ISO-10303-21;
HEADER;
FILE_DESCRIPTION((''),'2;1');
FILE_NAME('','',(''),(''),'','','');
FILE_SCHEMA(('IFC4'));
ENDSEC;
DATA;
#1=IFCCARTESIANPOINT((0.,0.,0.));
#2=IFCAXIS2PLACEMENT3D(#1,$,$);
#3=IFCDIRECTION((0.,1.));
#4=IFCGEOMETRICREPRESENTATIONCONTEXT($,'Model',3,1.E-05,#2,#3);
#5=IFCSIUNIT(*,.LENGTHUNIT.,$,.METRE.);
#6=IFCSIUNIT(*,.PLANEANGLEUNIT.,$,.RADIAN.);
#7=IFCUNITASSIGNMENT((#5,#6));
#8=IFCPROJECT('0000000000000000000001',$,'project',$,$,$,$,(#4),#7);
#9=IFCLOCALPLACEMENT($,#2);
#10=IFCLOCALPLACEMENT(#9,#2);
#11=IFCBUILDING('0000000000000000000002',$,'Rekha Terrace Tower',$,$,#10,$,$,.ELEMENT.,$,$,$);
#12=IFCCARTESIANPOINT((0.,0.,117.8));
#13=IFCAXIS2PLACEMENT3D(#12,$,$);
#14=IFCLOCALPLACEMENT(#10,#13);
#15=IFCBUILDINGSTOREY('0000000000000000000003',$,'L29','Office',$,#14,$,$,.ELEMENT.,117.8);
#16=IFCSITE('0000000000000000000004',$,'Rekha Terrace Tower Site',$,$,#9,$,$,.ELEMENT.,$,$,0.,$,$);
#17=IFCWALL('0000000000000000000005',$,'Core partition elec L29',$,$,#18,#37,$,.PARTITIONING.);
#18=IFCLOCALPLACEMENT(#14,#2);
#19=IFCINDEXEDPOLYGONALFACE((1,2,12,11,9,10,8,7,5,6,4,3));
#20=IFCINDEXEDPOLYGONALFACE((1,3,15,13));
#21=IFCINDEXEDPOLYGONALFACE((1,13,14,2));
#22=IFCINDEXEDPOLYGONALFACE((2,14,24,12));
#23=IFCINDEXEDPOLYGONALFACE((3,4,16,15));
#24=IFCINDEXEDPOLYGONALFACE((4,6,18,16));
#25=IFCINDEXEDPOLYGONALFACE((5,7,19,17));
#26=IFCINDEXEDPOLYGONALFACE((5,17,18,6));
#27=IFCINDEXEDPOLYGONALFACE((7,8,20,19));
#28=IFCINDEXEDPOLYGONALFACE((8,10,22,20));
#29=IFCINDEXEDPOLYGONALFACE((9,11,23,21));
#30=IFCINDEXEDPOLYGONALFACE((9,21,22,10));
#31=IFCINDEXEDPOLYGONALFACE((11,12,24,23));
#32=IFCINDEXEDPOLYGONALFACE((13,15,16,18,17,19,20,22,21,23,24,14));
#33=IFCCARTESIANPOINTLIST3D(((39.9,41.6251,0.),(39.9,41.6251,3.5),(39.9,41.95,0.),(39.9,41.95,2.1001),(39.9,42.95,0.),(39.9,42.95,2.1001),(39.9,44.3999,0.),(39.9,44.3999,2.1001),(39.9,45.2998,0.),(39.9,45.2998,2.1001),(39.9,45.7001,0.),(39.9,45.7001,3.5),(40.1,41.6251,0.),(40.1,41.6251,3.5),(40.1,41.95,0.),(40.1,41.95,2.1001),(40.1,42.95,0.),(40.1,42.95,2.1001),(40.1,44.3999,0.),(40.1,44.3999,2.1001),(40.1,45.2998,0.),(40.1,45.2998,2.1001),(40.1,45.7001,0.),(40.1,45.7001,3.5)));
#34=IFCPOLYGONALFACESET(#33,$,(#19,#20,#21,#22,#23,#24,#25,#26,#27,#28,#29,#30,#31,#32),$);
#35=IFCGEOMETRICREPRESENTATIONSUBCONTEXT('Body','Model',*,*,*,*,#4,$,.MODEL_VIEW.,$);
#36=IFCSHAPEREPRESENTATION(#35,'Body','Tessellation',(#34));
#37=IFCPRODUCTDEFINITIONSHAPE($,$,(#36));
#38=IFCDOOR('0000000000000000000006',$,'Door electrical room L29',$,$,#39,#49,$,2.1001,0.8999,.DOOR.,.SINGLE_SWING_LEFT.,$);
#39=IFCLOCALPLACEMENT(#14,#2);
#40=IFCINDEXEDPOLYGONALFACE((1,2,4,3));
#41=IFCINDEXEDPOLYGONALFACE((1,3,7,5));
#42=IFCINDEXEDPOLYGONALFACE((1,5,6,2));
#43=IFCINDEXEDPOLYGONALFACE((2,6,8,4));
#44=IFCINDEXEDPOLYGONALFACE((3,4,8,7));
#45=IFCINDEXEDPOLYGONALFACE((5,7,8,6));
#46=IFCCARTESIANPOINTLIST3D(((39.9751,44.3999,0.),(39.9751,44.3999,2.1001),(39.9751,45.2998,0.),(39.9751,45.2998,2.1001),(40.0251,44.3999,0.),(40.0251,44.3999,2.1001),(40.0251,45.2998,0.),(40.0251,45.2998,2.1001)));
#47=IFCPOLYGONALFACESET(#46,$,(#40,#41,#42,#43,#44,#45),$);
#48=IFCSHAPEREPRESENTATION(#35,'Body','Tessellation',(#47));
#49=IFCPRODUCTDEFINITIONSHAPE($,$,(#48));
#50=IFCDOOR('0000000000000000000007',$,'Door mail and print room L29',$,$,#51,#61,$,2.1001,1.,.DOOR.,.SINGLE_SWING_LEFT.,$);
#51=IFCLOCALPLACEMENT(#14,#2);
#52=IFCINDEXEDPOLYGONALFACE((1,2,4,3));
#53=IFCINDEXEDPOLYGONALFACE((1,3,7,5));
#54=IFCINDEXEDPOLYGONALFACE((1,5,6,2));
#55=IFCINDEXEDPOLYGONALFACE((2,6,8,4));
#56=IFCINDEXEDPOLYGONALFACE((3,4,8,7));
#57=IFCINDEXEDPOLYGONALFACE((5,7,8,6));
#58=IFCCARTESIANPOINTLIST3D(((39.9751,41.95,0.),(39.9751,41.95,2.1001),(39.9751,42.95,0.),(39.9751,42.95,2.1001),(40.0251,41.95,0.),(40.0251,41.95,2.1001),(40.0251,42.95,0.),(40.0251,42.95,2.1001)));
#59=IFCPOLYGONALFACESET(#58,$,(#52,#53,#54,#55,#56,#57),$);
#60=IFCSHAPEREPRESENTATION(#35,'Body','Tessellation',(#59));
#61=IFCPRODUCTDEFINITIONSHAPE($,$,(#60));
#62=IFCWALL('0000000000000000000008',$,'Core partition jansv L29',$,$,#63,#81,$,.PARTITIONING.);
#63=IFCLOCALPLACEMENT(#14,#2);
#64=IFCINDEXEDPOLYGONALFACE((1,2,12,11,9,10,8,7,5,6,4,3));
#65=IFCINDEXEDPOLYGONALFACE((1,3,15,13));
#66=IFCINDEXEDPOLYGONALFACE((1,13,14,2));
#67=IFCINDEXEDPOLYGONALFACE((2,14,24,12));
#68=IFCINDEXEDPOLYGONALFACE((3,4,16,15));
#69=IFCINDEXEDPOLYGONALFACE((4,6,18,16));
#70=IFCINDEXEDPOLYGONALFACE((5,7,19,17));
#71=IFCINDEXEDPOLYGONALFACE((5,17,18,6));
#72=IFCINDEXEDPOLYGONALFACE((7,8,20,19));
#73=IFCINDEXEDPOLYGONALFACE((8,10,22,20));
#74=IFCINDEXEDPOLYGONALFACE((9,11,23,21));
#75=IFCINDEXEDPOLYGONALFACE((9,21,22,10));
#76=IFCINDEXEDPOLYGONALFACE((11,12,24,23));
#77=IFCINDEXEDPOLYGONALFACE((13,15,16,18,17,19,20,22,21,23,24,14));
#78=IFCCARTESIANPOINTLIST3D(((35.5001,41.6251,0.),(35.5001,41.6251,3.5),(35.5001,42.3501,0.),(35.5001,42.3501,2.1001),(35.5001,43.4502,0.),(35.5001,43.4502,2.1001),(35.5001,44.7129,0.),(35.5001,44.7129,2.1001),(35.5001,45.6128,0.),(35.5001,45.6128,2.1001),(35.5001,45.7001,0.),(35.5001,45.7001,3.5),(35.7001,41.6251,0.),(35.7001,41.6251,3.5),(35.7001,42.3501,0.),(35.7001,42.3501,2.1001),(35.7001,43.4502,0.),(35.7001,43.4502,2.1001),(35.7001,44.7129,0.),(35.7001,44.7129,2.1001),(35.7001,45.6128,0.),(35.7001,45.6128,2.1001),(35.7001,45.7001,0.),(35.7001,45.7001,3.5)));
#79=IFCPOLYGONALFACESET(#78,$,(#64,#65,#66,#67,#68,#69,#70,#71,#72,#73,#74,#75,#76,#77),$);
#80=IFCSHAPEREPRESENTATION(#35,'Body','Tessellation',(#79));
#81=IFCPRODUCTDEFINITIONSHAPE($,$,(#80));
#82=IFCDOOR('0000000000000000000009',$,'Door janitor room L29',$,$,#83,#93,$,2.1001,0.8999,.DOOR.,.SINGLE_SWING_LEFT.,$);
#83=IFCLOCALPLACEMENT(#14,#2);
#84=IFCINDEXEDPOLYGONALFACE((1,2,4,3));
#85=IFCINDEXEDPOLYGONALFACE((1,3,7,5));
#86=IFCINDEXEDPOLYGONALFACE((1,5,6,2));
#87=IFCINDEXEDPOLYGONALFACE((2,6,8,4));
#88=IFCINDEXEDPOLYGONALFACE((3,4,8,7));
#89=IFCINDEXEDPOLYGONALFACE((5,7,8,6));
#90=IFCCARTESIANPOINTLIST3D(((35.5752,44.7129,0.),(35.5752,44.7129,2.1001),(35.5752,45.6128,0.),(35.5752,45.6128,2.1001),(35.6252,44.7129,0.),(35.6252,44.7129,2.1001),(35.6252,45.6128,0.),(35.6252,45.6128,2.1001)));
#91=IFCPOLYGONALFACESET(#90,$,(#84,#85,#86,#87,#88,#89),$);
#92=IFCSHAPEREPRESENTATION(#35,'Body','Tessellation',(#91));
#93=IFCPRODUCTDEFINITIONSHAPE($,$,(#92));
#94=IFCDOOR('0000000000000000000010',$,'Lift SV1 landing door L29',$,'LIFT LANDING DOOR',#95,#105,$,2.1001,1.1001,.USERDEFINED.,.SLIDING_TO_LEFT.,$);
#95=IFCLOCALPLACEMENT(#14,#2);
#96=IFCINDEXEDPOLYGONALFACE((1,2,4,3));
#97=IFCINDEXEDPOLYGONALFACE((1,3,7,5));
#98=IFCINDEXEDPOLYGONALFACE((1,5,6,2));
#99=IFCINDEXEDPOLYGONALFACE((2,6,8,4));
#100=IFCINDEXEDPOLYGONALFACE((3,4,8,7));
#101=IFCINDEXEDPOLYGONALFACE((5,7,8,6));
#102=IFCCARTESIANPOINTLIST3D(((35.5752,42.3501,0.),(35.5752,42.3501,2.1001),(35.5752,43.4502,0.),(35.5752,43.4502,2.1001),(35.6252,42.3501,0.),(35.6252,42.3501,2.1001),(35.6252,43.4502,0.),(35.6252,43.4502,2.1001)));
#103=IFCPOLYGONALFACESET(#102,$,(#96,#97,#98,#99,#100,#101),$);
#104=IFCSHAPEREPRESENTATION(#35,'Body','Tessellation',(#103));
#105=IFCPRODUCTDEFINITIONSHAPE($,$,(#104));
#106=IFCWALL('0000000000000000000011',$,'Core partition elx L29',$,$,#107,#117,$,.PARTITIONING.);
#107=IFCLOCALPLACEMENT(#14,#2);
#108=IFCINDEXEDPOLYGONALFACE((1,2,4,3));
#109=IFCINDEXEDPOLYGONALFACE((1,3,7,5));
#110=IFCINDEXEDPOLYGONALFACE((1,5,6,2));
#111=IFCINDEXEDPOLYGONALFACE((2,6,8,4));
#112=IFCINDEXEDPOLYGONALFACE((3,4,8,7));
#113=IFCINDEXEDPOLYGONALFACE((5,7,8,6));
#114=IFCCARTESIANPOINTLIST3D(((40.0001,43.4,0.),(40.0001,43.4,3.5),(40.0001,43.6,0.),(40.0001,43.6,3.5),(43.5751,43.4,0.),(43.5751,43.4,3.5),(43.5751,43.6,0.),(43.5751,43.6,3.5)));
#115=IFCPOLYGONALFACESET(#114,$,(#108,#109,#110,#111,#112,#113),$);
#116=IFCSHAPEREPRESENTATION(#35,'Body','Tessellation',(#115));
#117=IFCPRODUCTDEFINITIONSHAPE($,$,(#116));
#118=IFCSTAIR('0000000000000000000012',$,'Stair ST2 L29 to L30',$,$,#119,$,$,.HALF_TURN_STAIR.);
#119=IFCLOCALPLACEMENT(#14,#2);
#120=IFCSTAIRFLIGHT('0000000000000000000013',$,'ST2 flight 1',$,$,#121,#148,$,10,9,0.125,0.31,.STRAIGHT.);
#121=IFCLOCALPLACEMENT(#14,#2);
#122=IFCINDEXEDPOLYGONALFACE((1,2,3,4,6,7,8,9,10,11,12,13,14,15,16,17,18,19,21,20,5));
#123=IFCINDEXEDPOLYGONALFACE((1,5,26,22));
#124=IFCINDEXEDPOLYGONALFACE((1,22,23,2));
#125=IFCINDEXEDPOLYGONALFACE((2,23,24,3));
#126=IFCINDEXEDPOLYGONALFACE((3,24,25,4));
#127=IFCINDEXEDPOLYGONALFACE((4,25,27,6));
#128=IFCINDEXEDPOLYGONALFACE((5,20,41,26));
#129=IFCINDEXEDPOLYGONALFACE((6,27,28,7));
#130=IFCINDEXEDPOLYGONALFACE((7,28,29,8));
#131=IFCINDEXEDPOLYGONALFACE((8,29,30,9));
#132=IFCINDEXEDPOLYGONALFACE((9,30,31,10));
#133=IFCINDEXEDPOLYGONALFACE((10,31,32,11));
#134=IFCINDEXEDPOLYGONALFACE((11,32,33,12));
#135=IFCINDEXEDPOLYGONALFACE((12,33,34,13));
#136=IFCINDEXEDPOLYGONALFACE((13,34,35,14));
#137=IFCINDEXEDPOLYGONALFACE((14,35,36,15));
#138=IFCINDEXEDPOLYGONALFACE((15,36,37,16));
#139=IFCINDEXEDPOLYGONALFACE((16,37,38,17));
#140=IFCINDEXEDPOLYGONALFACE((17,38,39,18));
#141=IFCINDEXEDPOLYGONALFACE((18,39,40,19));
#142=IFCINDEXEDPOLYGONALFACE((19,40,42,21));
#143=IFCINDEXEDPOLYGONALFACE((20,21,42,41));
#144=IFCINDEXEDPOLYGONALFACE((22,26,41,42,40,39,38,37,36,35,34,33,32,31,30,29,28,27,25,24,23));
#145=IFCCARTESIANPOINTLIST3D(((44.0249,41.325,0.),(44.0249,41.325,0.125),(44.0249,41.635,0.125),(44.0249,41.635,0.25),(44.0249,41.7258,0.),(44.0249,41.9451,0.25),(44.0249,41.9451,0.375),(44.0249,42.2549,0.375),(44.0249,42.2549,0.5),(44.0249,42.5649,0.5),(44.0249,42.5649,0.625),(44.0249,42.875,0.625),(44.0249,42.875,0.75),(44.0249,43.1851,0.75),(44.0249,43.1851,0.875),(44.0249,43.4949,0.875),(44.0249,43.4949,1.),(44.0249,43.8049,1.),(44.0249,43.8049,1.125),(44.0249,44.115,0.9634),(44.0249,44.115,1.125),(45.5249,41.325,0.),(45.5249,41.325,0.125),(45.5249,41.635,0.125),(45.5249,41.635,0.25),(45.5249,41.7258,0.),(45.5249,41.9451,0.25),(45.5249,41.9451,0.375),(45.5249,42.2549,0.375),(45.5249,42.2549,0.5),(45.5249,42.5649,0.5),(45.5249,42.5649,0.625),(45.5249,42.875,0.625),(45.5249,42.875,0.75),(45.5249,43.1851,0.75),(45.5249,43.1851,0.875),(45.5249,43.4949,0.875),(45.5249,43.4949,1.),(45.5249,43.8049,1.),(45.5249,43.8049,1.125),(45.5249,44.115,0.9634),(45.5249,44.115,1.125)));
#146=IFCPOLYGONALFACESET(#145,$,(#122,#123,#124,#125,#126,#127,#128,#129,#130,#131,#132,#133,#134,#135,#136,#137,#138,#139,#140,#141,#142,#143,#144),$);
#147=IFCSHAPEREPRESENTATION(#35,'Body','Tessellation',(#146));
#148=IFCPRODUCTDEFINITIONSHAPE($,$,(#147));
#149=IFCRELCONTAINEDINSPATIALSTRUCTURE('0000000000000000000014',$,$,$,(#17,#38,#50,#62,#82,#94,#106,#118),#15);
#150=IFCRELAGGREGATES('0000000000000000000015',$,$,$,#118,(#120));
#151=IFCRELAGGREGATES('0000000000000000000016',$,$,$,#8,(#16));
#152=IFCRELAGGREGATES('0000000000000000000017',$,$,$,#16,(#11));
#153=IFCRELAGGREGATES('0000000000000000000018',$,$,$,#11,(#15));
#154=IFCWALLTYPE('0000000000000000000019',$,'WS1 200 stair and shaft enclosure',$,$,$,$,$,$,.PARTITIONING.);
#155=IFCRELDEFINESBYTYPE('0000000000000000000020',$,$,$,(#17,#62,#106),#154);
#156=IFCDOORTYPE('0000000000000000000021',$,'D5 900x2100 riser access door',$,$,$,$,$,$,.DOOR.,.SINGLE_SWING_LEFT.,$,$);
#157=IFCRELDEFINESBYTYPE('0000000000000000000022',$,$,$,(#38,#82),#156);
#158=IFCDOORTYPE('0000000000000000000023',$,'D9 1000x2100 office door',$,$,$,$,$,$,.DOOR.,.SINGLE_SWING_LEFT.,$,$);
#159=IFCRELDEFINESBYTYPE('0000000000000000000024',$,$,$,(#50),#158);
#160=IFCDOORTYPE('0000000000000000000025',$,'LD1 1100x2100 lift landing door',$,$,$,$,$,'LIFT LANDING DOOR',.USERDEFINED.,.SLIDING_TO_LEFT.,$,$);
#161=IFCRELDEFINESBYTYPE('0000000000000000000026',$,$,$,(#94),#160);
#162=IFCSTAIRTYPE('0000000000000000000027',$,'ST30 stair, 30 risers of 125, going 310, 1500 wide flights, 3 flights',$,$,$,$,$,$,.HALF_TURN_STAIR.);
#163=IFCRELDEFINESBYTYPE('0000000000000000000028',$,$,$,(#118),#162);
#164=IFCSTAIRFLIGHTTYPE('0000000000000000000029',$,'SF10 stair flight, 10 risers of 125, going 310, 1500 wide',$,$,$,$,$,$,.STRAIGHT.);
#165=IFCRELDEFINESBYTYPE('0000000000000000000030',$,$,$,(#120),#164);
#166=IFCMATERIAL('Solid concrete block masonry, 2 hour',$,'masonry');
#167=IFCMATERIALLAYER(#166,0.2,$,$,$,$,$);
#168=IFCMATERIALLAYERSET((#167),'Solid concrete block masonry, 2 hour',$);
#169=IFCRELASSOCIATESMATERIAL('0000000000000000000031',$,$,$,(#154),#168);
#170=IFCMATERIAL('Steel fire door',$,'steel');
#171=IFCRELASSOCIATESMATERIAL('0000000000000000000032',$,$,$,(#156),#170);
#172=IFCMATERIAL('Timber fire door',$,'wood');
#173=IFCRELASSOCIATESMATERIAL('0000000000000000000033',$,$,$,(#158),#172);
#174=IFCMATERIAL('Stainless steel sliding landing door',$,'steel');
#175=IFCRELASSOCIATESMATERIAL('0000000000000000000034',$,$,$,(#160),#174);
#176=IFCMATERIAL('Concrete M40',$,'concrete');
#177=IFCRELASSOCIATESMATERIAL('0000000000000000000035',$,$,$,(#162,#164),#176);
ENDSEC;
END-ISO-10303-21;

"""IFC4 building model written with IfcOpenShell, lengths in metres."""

from ifc_helpers import new_model, si_unit, direction, frame, frame_2d, origin, place, context, subcontext, project, spatial, polyline, rectangle, outline, extrude, material, layer, layer_set, type_object, element, fill, aggregate, save


model = new_model("IFC4")

# Units and contexts
model_context = context("Model", 3, precision=1e-05, world=origin(), true_north=direction((0.0, 1.0)))
body_context = subcontext(model_context, "Body", "Model", "MODEL_VIEW")
ifc_project = project(units=[si_unit("LENGTHUNIT", "METRE"), si_unit("PLANEANGLEUNIT", "RADIAN")], contexts=[model_context])

# Site, building, storey
site_placement = place(None, origin())
site = spatial("IfcSite", under=ifc_project, at=site_placement, Name="Rekha Terrace Tower Site", CompositionType="ELEMENT", RefElevation=0.0)
building_placement = place(site_placement, origin())
building = spatial("IfcBuilding", under=site, at=building_placement, Name="Rekha Terrace Tower", CompositionType="ELEMENT")
storey_placement = place(building_placement, frame((0.0, 0.0, 117.8)))
storey = spatial("IfcBuildingStorey", under=building, at=storey_placement, Name="L29", Description="Office", CompositionType="ELEMENT", Elevation=117.8)

# Shared definitions
ifc_material_1 = material(Name="Stainless steel sliding landing door", Category="steel")
ifc_material_2 = material(Name="Steel fire door", Category="steel")

# Shared definitions
ifc_material_3 = material(Name="Solid concrete block masonry, 2 hour", Category="masonry")
ifc_layer_1 = layer(ifc_material_3, 0.2)
ifc_layer_set_1 = layer_set([ifc_layer_1], Name="Solid concrete block masonry, 2 hour")
wall_type_1 = type_object("IfcWallType", Name="WS1 200 stair and shaft enclosure", PredefinedType="PARTITIONING", material=ifc_layer_set_1)

# Walls, openings, doors
wall_1_placement = place(storey_placement, frame((40.0, 41.625, 0.0), z_axis=(0.0, 0.0, 1.0), x_axis=(0.0, 1.0, 0.0)))
wall_1 = element("IfcWall", 1, at=wall_1_placement, inside=storey, type_object=wall_type_1, Name="Core partition elec L29", PredefinedType="PARTITIONING", context=body_context, shape_type="SweptSolid", body=[
    extrude(rectangle(XDim=4.075, YDim=0.2, at=frame_2d((2.0376, 0.0))), origin(), (0.0, 0.0, 1.0), 3.5),
])
opening_1_placement = place(wall_1_placement, frame((2.7749, 0.0, 0.0)))
opening_1 = element("IfcOpeningElement", 2, at=opening_1_placement, cuts=wall_1, PredefinedType="OPENING", context=body_context, shape_type="SweptSolid", body=[
    extrude(rectangle(XDim=0.8999, YDim=2.1001, at=frame_2d((0.45, 1.05))), frame((0.0, 0.1099, 0.0), z_axis=(0.0, -1.0, 0.0), x_axis=(1.0, 0.0, 0.0)), (0.0, 0.0, 1.0), 0.22),
])
opening_2_placement = place(wall_1_placement, frame((0.325, 0.0, 0.0)))
opening_2 = element("IfcOpeningElement", 3, at=opening_2_placement, cuts=wall_1, PredefinedType="OPENING", context=body_context, shape_type="SweptSolid", body=[
    extrude(rectangle(XDim=1.0, YDim=2.1001, at=frame_2d((0.5, 1.05))), frame((0.0, 0.1099, 0.0), z_axis=(0.0, -1.0, 0.0), x_axis=(1.0, 0.0, 0.0)), (0.0, 0.0, 1.0), 0.22),
])
door_type_1 = type_object("IfcDoorType", Name="D5 900x2100 riser access door", OperationType="SINGLE_SWING_LEFT", PredefinedType="DOOR", material=ifc_material_2)
door_1_placement = place(opening_1_placement, origin())
door_1 = element("IfcDoor", 4, at=door_1_placement, inside=storey, type_object=door_type_1, Name="Door electrical room L29", OperationType="SINGLE_SWING_LEFT", OverallHeight=2.1001, OverallWidth=0.8999, PredefinedType="DOOR", context=body_context, shape_type="SweptSolid", body=[
    extrude(rectangle(XDim=0.8999, YDim=2.1001, at=frame_2d((0.45, 1.05))), frame((0.0, 0.0249, 0.0), z_axis=(0.0, -1.0, 0.0), x_axis=(1.0, 0.0, 0.0)), (0.0, 0.0, 1.0), 0.05),
])
fill(opening_1, door_1)
ifc_material_4 = material(Name="Timber fire door", Category="wood")
door_type_2 = type_object("IfcDoorType", Name="D9 1000x2100 office door", OperationType="SINGLE_SWING_LEFT", PredefinedType="DOOR", material=ifc_material_4)
door_2_placement = place(opening_2_placement, origin())
door_2 = element("IfcDoor", 5, at=door_2_placement, inside=storey, type_object=door_type_2, Name="Door mail and print room L29", OperationType="SINGLE_SWING_LEFT", OverallHeight=2.1001, OverallWidth=1.0, PredefinedType="DOOR", context=body_context, shape_type="SweptSolid", body=[
    extrude(rectangle(XDim=1.0, YDim=2.1001, at=frame_2d((0.5, 1.05))), frame((0.0, 0.0249, 0.0), z_axis=(0.0, -1.0, 0.0), x_axis=(1.0, 0.0, 0.0)), (0.0, 0.0, 1.0), 0.05),
])
fill(opening_2, door_2)
wall_2_placement = place(storey_placement, frame((35.6001, 41.625, 0.0), z_axis=(0.0, 0.0, 1.0), x_axis=(0.0, 1.0, 0.0)))
wall_2 = element("IfcWall", 6, at=wall_2_placement, inside=storey, type_object=wall_type_1, Name="Core partition jansv L29", PredefinedType="PARTITIONING", context=body_context, shape_type="SweptSolid", body=[
    extrude(rectangle(XDim=4.075, YDim=0.2, at=frame_2d((2.0376, 0.0))), origin(), (0.0, 0.0, 1.0), 3.5),
])
opening_3_placement = place(wall_2_placement, frame((3.0879, 0.0, 0.0)))
opening_3 = element("IfcOpeningElement", 7, at=opening_3_placement, cuts=wall_2, PredefinedType="OPENING", context=body_context, shape_type="SweptSolid", body=[
    extrude(rectangle(XDim=0.8999, YDim=2.1001, at=frame_2d((0.45, 1.05))), frame((0.0, 0.1099, 0.0), z_axis=(0.0, -1.0, 0.0), x_axis=(1.0, 0.0, 0.0)), (0.0, 0.0, 1.0), 0.22),
])
opening_4_placement = place(wall_2_placement, frame((0.7251, 0.0, 0.0)))
opening_4 = element("IfcOpeningElement", 8, at=opening_4_placement, cuts=wall_2, PredefinedType="OPENING", context=body_context, shape_type="SweptSolid", body=[
    extrude(rectangle(XDim=1.1001, YDim=2.1001, at=frame_2d((0.55, 1.05))), frame((0.0, 0.1099, 0.0), z_axis=(0.0, -1.0, 0.0), x_axis=(1.0, 0.0, 0.0)), (0.0, 0.0, 1.0), 0.22),
])
door_3_placement = place(opening_3_placement, origin())
door_3 = element("IfcDoor", 9, at=door_3_placement, inside=storey, type_object=door_type_1, Name="Door janitor room L29", OperationType="SINGLE_SWING_LEFT", OverallHeight=2.1001, OverallWidth=0.8999, PredefinedType="DOOR", context=body_context, shape_type="SweptSolid", body=[
    extrude(rectangle(XDim=0.8999, YDim=2.1001, at=frame_2d((0.45, 1.05))), frame((0.0, 0.0249, 0.0), z_axis=(0.0, -1.0, 0.0), x_axis=(1.0, 0.0, 0.0)), (0.0, 0.0, 1.0), 0.05),
])
fill(opening_3, door_3)
door_type_3 = type_object("IfcDoorType", Name="LD1 1100x2100 lift landing door", ElementType="LIFT LANDING DOOR", OperationType="SLIDING_TO_LEFT", PredefinedType="USERDEFINED", material=ifc_material_1)
door_4_placement = place(opening_4_placement, origin())
door_4 = element("IfcDoor", 10, at=door_4_placement, inside=storey, type_object=door_type_3, Name="Lift SV1 landing door L29", ObjectType="LIFT LANDING DOOR", OperationType="SLIDING_TO_LEFT", OverallHeight=2.1001, OverallWidth=1.1001, PredefinedType="USERDEFINED", context=body_context, shape_type="SweptSolid", body=[
    extrude(rectangle(XDim=1.1001, YDim=2.1001, at=frame_2d((0.55, 1.05))), frame((0.0, 0.0249, 0.0), z_axis=(0.0, -1.0, 0.0), x_axis=(1.0, 0.0, 0.0)), (0.0, 0.0, 1.0), 0.05),
])
fill(opening_4, door_4)

# Wall
wall_3_placement = place(storey_placement, frame((40.0, 43.5, 0.0), z_axis=(0.0, 0.0, 1.0), x_axis=(1.0, 0.0, 0.0)))
element("IfcWall", 11, at=wall_3_placement, inside=storey, type_object=wall_type_1, Name="Core partition elx L29", PredefinedType="PARTITIONING", context=body_context, shape_type="SweptSolid", body=[
    extrude(rectangle(XDim=3.575, YDim=0.2, at=frame_2d((1.7876, 0.0))), origin(), (0.0, 0.0, 1.0), 3.5),
])

# Stair, stair flight
ifc_material_5 = material(Name="Concrete M40", Category="concrete")
stair_type = type_object("IfcStairType", Name="ST30 stair, 30 risers of 125, going 310, 1500 wide flights, 3 flights", PredefinedType="HALF_TURN_STAIR", material=ifc_material_5)
stair_1_placement = place(storey_placement, origin())
stair_1 = element("IfcStair", 12, at=stair_1_placement, inside=storey, type_object=stair_type, Name="Stair ST2 L29 to L30", PredefinedType="HALF_TURN_STAIR")
stair_flight_type = type_object("IfcStairFlightType", Name="SF10 stair flight, 10 risers of 125, going 310, 1500 wide", PredefinedType="STRAIGHT", material=ifc_material_5)
stair_flight_1_placement = place(storey_placement, frame((44.7749, 41.325, 0.0), z_axis=(0.0, 0.0, 1.0), x_axis=(0.0, 1.0, 0.0)))
stair_flight_1 = element("IfcStairFlight", 13, at=stair_flight_1_placement, type_object=stair_flight_type, Name="ST2 flight 1", NumberOfRisers=10, NumberOfTreads=9, PredefinedType="STRAIGHT", RiserHeight=0.125, TreadLength=0.31, context=body_context, shape_type="SweptSolid", body=[
    extrude(outline(polyline([(0.0, 0.0), (0.0, 0.125), (0.3101, 0.125), (0.3101, 0.25), (0.6201, 0.25), (0.6201, 0.375), (0.9299, 0.375), (0.9299, 0.5), (1.24, 0.5), (1.24, 0.625), (1.55, 0.625), (1.55, 0.75), (1.8601, 0.75), (1.8601, 0.875), (2.1699, 0.875), (2.1699, 1.0), (2.48, 1.0), (2.48, 1.125), (2.79, 1.125), (2.79, 1.25), (2.79, 0.9634), (0.4009, 0.0), (0.0, 0.0)])), frame((0.0, 0.75, 0.0), z_axis=(0.0, -1.0, 0.0), x_axis=(1.0, 0.0, 0.0)), (0.0, 0.0, 1.0), 1.5),
])
aggregate(stair_1, [stair_flight_1])

save(model, "model.ifc")
